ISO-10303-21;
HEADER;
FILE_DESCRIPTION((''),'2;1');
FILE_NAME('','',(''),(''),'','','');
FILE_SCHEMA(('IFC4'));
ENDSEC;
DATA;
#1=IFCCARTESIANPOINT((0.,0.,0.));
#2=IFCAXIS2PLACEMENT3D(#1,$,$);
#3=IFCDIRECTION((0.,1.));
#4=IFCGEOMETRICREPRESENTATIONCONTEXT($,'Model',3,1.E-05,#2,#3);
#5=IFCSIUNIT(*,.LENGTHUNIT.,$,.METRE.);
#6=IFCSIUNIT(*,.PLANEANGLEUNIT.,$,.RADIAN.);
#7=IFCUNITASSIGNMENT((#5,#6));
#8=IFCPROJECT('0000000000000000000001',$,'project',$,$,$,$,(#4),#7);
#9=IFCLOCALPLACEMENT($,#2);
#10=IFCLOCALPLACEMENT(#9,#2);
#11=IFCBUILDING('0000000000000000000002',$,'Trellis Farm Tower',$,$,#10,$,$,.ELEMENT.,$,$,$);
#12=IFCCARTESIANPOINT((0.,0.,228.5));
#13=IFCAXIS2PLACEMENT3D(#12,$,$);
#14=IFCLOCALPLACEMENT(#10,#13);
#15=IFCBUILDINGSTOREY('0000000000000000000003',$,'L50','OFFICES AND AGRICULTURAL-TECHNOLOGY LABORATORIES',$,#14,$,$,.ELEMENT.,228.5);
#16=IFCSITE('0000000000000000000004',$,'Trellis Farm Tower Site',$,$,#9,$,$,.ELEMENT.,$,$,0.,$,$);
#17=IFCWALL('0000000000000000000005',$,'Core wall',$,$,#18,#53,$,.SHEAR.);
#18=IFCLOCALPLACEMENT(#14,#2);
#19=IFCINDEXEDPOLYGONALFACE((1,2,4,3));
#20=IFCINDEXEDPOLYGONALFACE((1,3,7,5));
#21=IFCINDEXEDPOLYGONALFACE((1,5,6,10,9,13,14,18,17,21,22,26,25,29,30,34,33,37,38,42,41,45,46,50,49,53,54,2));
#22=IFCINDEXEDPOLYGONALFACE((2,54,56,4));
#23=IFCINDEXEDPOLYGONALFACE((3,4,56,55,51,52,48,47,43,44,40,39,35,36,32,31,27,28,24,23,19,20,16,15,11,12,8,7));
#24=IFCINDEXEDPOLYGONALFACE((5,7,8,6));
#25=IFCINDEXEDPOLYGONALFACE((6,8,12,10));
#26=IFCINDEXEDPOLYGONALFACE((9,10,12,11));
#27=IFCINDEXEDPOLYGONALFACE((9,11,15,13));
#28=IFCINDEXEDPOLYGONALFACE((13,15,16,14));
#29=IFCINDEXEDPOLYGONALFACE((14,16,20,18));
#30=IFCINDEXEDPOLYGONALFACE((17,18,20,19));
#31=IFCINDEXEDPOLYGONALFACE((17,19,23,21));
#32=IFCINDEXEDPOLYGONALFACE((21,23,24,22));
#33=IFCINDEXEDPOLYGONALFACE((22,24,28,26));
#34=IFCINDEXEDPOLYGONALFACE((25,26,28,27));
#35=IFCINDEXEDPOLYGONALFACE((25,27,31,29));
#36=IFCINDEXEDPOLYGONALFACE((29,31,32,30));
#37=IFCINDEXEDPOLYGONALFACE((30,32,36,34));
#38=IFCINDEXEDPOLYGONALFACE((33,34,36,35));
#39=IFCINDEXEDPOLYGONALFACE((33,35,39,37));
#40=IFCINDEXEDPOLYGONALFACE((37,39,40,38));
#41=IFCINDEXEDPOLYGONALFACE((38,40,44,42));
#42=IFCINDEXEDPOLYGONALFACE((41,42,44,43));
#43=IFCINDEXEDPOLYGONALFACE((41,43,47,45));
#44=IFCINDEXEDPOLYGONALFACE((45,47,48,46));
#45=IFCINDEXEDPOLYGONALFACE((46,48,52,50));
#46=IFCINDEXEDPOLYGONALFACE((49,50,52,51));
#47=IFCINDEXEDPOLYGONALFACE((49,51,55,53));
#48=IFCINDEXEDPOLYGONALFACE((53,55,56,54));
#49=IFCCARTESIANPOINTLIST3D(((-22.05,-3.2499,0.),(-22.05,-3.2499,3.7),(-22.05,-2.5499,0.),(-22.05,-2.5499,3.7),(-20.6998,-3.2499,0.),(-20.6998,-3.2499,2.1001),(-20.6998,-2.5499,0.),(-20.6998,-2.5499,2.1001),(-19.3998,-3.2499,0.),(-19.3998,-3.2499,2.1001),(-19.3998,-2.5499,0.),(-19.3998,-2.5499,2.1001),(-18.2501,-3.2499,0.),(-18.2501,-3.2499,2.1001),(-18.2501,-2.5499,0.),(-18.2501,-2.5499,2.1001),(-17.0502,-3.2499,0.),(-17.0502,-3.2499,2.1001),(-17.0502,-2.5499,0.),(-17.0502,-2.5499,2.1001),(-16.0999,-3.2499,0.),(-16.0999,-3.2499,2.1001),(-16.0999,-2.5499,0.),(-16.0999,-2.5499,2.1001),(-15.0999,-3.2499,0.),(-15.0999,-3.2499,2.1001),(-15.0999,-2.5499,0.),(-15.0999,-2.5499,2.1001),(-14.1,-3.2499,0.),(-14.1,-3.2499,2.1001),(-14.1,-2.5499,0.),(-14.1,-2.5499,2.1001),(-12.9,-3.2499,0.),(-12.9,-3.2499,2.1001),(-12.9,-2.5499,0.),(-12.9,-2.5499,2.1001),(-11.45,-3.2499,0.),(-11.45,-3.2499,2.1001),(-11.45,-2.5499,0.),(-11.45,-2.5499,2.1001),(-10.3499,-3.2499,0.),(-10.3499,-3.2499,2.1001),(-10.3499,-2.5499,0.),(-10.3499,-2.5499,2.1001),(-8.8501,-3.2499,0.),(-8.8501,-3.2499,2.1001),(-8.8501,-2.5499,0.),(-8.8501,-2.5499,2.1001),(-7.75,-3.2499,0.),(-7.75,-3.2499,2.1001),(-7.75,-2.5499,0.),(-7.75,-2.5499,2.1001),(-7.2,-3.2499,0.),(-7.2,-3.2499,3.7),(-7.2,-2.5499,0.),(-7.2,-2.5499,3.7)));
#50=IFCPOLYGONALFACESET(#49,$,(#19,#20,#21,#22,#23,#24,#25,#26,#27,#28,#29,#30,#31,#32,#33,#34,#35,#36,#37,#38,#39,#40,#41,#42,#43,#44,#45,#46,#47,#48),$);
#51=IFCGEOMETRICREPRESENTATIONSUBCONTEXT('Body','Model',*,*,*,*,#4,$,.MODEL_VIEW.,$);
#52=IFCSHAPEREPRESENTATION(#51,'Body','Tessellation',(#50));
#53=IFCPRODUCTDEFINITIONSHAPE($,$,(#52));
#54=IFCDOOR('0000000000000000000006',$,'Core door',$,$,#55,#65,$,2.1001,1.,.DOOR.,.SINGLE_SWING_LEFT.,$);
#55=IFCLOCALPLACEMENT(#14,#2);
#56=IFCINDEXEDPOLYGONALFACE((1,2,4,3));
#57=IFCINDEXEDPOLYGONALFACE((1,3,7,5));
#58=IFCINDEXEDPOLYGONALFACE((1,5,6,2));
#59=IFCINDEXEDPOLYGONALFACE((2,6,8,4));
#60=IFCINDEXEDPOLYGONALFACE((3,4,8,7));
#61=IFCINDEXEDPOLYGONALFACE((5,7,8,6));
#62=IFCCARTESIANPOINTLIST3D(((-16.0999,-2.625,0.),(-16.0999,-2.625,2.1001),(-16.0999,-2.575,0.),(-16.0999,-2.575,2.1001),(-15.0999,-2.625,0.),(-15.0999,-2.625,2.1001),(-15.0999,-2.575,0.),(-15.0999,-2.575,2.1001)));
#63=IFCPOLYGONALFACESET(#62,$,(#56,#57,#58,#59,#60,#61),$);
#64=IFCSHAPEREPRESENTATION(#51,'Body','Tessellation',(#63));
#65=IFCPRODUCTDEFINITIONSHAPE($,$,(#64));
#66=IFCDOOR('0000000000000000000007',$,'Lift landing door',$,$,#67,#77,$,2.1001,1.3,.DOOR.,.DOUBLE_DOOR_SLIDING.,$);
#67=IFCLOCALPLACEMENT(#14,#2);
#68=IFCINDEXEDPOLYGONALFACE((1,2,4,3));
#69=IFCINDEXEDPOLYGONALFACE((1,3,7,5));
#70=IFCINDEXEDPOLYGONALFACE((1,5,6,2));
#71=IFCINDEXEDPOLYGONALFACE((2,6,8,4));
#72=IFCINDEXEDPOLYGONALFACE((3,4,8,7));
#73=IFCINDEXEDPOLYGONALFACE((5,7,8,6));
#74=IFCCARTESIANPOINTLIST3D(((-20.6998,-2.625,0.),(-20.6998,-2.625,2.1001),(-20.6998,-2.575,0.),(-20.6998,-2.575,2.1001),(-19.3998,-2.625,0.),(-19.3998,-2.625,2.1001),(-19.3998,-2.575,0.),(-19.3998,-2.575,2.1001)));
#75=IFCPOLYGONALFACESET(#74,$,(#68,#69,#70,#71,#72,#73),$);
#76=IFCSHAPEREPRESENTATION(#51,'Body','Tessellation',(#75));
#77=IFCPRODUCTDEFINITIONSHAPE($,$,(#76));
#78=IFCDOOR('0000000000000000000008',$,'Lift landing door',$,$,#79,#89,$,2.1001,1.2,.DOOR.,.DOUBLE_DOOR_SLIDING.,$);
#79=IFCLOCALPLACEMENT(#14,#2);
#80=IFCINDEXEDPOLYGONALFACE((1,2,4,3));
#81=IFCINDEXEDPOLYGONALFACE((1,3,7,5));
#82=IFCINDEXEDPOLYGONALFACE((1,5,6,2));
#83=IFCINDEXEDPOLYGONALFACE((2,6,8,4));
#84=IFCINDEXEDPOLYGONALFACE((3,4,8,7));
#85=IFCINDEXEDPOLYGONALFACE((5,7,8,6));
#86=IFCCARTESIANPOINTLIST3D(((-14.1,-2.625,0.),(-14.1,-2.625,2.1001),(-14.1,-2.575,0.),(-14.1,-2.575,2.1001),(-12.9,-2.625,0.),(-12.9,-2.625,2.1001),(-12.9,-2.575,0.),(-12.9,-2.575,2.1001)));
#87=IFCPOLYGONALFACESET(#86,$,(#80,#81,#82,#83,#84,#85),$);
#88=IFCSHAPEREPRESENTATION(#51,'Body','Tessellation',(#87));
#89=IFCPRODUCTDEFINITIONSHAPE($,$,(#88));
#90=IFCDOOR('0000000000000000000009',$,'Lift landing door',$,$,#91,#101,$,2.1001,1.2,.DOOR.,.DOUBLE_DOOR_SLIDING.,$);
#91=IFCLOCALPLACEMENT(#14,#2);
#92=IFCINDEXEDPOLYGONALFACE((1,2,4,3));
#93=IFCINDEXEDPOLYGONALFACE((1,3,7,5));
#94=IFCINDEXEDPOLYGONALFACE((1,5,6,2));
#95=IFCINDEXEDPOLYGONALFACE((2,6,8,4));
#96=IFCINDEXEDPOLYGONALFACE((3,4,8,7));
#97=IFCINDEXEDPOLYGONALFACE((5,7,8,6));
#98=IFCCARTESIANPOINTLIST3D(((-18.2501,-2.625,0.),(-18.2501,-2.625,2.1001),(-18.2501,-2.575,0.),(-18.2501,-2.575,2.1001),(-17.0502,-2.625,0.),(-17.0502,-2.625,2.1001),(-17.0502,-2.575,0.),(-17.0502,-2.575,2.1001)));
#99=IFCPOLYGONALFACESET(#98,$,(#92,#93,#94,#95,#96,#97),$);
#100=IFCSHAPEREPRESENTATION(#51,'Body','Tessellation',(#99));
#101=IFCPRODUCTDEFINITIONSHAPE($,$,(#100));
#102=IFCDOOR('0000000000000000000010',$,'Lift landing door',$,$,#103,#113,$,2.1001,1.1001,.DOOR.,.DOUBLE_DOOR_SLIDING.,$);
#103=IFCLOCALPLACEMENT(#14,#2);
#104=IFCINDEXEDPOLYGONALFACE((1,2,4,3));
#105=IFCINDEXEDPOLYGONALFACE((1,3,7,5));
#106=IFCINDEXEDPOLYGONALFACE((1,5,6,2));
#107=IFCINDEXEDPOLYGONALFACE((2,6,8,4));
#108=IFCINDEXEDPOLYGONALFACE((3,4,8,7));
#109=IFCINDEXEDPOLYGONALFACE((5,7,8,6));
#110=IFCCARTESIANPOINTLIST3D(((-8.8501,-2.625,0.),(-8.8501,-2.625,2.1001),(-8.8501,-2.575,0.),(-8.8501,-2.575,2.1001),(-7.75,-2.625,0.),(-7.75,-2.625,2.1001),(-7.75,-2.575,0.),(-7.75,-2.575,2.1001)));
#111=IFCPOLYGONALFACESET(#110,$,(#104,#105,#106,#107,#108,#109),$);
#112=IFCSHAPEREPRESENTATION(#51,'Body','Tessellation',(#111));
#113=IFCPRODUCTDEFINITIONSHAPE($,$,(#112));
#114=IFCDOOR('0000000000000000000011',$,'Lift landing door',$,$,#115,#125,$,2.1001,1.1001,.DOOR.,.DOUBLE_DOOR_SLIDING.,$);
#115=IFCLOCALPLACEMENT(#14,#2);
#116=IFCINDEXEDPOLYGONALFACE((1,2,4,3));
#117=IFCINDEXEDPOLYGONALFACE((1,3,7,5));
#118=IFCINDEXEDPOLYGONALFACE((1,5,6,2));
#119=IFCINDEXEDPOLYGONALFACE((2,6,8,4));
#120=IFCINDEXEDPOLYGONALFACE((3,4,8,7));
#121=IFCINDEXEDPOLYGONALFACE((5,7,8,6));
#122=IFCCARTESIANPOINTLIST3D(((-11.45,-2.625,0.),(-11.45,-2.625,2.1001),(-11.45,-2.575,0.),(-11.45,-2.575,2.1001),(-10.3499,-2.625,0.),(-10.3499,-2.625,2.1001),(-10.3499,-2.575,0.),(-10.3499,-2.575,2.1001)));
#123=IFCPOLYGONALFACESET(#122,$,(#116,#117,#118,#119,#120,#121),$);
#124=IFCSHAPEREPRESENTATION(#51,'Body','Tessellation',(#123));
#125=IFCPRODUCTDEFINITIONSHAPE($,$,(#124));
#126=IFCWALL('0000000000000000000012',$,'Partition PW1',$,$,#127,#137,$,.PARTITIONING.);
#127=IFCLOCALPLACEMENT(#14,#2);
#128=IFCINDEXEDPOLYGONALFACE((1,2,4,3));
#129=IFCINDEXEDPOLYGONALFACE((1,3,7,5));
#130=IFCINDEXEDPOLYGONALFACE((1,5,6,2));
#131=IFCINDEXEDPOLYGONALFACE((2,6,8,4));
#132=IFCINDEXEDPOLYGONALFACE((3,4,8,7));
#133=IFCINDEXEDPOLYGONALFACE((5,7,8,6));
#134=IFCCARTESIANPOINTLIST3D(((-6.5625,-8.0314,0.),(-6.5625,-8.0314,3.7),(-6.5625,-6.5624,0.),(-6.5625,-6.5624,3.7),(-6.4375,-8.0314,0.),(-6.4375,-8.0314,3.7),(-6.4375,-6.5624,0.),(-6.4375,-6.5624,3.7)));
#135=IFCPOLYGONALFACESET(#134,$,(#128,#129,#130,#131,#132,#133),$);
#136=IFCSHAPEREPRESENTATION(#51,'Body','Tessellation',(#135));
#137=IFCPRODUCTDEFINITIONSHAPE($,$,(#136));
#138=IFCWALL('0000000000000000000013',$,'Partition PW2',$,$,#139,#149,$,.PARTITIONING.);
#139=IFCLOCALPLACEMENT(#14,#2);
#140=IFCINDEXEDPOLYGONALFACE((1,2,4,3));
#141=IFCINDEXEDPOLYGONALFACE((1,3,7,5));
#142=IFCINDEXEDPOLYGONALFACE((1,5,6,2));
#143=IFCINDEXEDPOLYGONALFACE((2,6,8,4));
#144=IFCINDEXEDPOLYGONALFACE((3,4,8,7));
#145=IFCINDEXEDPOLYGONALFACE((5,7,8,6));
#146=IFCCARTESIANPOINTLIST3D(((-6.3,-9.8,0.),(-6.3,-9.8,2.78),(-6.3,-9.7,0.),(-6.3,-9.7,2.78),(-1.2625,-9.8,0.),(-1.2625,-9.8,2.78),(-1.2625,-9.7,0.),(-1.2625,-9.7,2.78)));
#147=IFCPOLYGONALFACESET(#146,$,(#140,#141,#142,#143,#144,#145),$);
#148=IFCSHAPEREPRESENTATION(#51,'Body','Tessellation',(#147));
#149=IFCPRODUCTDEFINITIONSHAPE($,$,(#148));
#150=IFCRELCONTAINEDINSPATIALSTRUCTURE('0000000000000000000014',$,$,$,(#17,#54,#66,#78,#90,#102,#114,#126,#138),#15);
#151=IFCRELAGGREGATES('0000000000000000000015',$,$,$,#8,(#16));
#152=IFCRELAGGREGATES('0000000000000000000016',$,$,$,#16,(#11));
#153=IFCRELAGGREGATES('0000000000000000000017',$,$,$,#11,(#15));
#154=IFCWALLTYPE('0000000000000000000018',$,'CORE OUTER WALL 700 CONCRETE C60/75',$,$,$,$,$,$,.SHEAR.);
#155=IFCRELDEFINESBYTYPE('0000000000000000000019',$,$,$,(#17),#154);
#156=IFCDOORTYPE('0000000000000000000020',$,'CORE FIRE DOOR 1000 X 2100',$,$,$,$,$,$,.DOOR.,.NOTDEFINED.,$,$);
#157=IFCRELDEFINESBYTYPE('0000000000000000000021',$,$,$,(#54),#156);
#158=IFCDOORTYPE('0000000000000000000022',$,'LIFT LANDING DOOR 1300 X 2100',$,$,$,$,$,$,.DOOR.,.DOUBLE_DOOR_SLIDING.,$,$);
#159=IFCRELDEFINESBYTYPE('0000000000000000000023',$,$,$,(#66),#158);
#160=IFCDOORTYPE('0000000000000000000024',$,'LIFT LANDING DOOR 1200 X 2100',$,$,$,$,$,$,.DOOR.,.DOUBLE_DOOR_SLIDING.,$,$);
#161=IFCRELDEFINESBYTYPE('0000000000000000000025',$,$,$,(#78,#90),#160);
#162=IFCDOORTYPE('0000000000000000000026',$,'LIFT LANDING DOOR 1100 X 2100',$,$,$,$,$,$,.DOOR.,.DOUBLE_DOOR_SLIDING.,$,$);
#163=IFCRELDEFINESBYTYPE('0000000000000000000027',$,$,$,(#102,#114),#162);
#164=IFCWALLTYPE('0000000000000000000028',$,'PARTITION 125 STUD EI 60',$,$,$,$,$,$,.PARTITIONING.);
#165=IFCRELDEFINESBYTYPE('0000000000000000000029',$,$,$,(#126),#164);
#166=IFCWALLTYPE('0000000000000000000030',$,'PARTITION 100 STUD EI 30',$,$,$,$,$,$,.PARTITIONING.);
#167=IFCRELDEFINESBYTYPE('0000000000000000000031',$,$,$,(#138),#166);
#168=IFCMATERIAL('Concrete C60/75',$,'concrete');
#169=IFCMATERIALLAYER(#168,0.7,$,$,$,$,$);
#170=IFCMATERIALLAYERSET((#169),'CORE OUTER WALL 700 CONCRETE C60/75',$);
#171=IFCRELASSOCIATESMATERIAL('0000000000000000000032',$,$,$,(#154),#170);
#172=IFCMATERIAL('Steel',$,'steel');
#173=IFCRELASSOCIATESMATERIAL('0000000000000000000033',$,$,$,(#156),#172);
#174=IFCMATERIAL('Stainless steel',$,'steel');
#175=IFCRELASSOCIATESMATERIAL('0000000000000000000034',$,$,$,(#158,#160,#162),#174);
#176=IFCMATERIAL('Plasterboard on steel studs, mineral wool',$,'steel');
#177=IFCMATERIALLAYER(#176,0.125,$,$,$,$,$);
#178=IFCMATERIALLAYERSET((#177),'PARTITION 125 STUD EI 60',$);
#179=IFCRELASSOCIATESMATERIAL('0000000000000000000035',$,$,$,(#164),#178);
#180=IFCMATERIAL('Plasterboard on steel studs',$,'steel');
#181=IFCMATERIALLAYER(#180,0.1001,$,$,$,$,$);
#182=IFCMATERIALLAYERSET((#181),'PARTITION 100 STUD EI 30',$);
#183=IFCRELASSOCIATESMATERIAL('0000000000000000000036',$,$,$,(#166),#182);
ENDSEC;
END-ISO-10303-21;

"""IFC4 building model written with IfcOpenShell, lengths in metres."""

from ifc_helpers import new_model, si_unit, direction, frame, frame_2d, origin, place, context, subcontext, project, spatial, rectangle, extrude, source, transform, mapped, material, layer, layer_set, type_object, element, fill, save


model = new_model("IFC4")

# Units and contexts
model_context = context("Model", 3, precision=1e-05, world=origin(), true_north=direction((0.0, 1.0)))
body_context = subcontext(model_context, "Body", "Model", "MODEL_VIEW")
ifc_project = project(units=[si_unit("LENGTHUNIT", "METRE"), si_unit("PLANEANGLEUNIT", "RADIAN")], contexts=[model_context])

# Site, building, storey
site_placement = place(None, origin())
site = spatial("IfcSite", under=ifc_project, at=site_placement, Name="Trellis Farm Tower Site", CompositionType="ELEMENT", RefElevation=0.0)
building_placement = place(site_placement, origin())
building = spatial("IfcBuilding", under=site, at=building_placement, Name="Trellis Farm Tower", CompositionType="ELEMENT")
storey_placement = place(building_placement, frame((0.0, 0.0, 228.5)))
storey = spatial("IfcBuildingStorey", under=building, at=storey_placement, Name="L50", Description="OFFICES AND AGRICULTURAL-TECHNOLOGY LABORATORIES", CompositionType="ELEMENT", Elevation=228.5)

# Shared definitions
ifc_material_1 = material(Name="Concrete C60/75", Category="concrete")

# Wall, openings, doors
ifc_layer_1 = layer(ifc_material_1, 0.7)
ifc_layer_set_1 = layer_set([ifc_layer_1], Name="CORE OUTER WALL 700 CONCRETE C60/75")
wall_type_1 = type_object("IfcWallType", Name="CORE OUTER WALL 700 CONCRETE C60/75", PredefinedType="SHEAR", material=ifc_layer_set_1)
shared_shape_1 = source(origin(), body_context, "Body", "SweptSolid", [
    extrude(rectangle(XDim=14.8501, YDim=0.7, at=frame_2d((7.425, 0.0))), origin(), (0.0, 0.0, 1.0), 3.7),
])
wall_1_placement = place(storey_placement, frame((-7.2, -2.8999, 0.0), z_axis=(0.0, 0.0, 1.0), x_axis=(-1.0, 0.0, 0.0)))
wall_1 = element("IfcWall", 1, at=wall_1_placement, inside=storey, type_object=wall_type_1, Name="Core wall", PredefinedType="SHEAR", context=body_context, shape_type="MappedRepresentation", body=[
    mapped(shared_shape_1, transform((0.0, 0.0, 0.0))),
])
shared_shape_2 = source(origin(), body_context, "Body", "SweptSolid", [
    extrude(rectangle(XDim=1.1001, YDim=2.1001, at=frame_2d((0.55, 1.05))), frame((0.0, 0.3601, 0.0), z_axis=(0.0, -1.0, 0.0), x_axis=(1.0, 0.0, 0.0)), (0.0, 0.0, 1.0), 0.7202),
])
opening_1_placement = place(wall_1_placement, frame((0.55, 0.0, 0.0)))
opening_1 = element("IfcOpeningElement", 2, at=opening_1_placement, cuts=wall_1, PredefinedType="OPENING", context=body_context, shape_type="MappedRepresentation", body=[
    mapped(shared_shape_2, transform((0.0, 0.0, 0.0))),
])
opening_2_placement = place(wall_1_placement, frame((3.1499, 0.0, 0.0)))
opening_2 = element("IfcOpeningElement", 3, at=opening_2_placement, cuts=wall_1, PredefinedType="OPENING", context=body_context, shape_type="MappedRepresentation", body=[
    mapped(shared_shape_2, transform((0.0, 0.0, 0.0))),
])
shared_shape_3 = source(origin(), body_context, "Body", "SweptSolid", [
    extrude(rectangle(XDim=1.2, YDim=2.1001, at=frame_2d((0.6001, 1.05))), frame((0.0, 0.3601, 0.0), z_axis=(0.0, -1.0, 0.0), x_axis=(1.0, 0.0, 0.0)), (0.0, 0.0, 1.0), 0.7202),
])
opening_3_placement = place(wall_1_placement, frame((5.7, 0.0, 0.0)))
opening_3 = element("IfcOpeningElement", 4, at=opening_3_placement, cuts=wall_1, PredefinedType="OPENING", context=body_context, shape_type="MappedRepresentation", body=[
    mapped(shared_shape_3, transform((0.0, 0.0, 0.0))),
])
shared_shape_4 = source(origin(), body_context, "Body", "SweptSolid", [
    extrude(rectangle(XDim=1.3, YDim=2.1001, at=frame_2d((0.6499, 1.05))), frame((0.0, 0.3601, 0.0), z_axis=(0.0, -1.0, 0.0), x_axis=(1.0, 0.0, 0.0)), (0.0, 0.0, 1.0), 0.7202),
])
opening_4_placement = place(wall_1_placement, frame((12.2, 0.0, 0.0)))
opening_4 = element("IfcOpeningElement", 5, at=opening_4_placement, cuts=wall_1, PredefinedType="OPENING", context=body_context, shape_type="MappedRepresentation", body=[
    mapped(shared_shape_4, transform((0.0, 0.0, 0.0))),
])
opening_5_placement = place(wall_1_placement, frame((9.8501, 0.0, 0.0)))
opening_5 = element("IfcOpeningElement", 6, at=opening_5_placement, cuts=wall_1, PredefinedType="OPENING", context=body_context, shape_type="MappedRepresentation", body=[
    mapped(shared_shape_3, transform((0.0, 0.0, 0.0))),
])
shared_shape_5 = source(origin(), body_context, "Body", "SweptSolid", [
    extrude(rectangle(XDim=1.0, YDim=2.1001, at=frame_2d((0.5, 1.05))), frame((0.0, 0.3601, 0.0), z_axis=(0.0, -1.0, 0.0), x_axis=(1.0, 0.0, 0.0)), (0.0, 0.0, 1.0), 0.7202),
])
opening_6_placement = place(wall_1_placement, frame((7.8999, 0.0, 0.0)))
opening_6 = element("IfcOpeningElement", 7, at=opening_6_placement, cuts=wall_1, PredefinedType="OPENING", context=body_context, shape_type="MappedRepresentation", body=[
    mapped(shared_shape_5, transform((0.0, 0.0, 0.0))),
])
ifc_material_2 = material(Name="Steel", Category="steel")
door_type_1 = type_object("IfcDoorType", Name="CORE FIRE DOOR 1000 X 2100", OperationType="NOTDEFINED", PredefinedType="DOOR", material=ifc_material_2)
shared_shape_6 = source(origin(), body_context, "Body", "SweptSolid", [
    extrude(rectangle(XDim=1.0, YDim=2.1001, at=frame_2d((0.5, 1.05))), frame((0.0, -0.2749, 0.0), z_axis=(0.0, -1.0, 0.0), x_axis=(1.0, 0.0, 0.0)), (0.0, 0.0, 1.0), 0.05),
])
door_1_placement = place(opening_6_placement, origin())
door_1 = element("IfcDoor", 8, at=door_1_placement, inside=storey, type_object=door_type_1, Name="Core door", OperationType="SINGLE_SWING_LEFT", OverallHeight=2.1001, OverallWidth=1.0, PredefinedType="DOOR", context=body_context, shape_type="MappedRepresentation", body=[
    mapped(shared_shape_6, transform((0.0, 0.0, 0.0))),
])
fill(opening_6, door_1)
ifc_material_3 = material(Name="Stainless steel", Category="steel")
door_type_2 = type_object("IfcDoorType", Name="LIFT LANDING DOOR 1300 X 2100", OperationType="DOUBLE_DOOR_SLIDING", PredefinedType="DOOR", material=ifc_material_3)
shared_shape_7 = source(origin(), body_context, "Body", "SweptSolid", [
    extrude(rectangle(XDim=1.3, YDim=2.1001, at=frame_2d((0.6499, 1.05))), frame((0.0, -0.2749, 0.0), z_axis=(0.0, -1.0, 0.0), x_axis=(1.0, 0.0, 0.0)), (0.0, 0.0, 1.0), 0.05),
])
door_2_placement = place(opening_4_placement, origin())
door_2 = element("IfcDoor", 9, at=door_2_placement, inside=storey, type_object=door_type_2, Name="Lift landing door", OperationType="DOUBLE_DOOR_SLIDING", OverallHeight=2.1001, OverallWidth=1.3, PredefinedType="DOOR", context=body_context, shape_type="MappedRepresentation", body=[
    mapped(shared_shape_7, transform((0.0, 0.0, 0.0))),
])
fill(opening_4, door_2)
door_type_3 = type_object("IfcDoorType", Name="LIFT LANDING DOOR 1200 X 2100", OperationType="DOUBLE_DOOR_SLIDING", PredefinedType="DOOR", material=ifc_material_3)
shared_shape_8 = source(origin(), body_context, "Body", "SweptSolid", [
    extrude(rectangle(XDim=1.2, YDim=2.1001, at=frame_2d((0.6001, 1.05))), frame((0.0, -0.2749, 0.0), z_axis=(0.0, -1.0, 0.0), x_axis=(1.0, 0.0, 0.0)), (0.0, 0.0, 1.0), 0.05),
])
door_3_placement = place(opening_3_placement, origin())
door_3 = element("IfcDoor", 10, at=door_3_placement, inside=storey, type_object=door_type_3, Name="Lift landing door", OperationType="DOUBLE_DOOR_SLIDING", OverallHeight=2.1001, OverallWidth=1.2, PredefinedType="DOOR", context=body_context, shape_type="MappedRepresentation", body=[
    mapped(shared_shape_8, transform((0.0, 0.0, 0.0))),
])
fill(opening_3, door_3)
door_4_placement = place(opening_5_placement, origin())
door_4 = element("IfcDoor", 11, at=door_4_placement, inside=storey, type_object=door_type_3, Name="Lift landing door", OperationType="DOUBLE_DOOR_SLIDING", OverallHeight=2.1001, OverallWidth=1.2, PredefinedType="DOOR", context=body_context, shape_type="MappedRepresentation", body=[
    mapped(shared_shape_8, transform((0.0, 0.0, 0.0))),
])
fill(opening_5, door_4)
door_type_4 = type_object("IfcDoorType", Name="LIFT LANDING DOOR 1100 X 2100", OperationType="DOUBLE_DOOR_SLIDING", PredefinedType="DOOR", material=ifc_material_3)
shared_shape_9 = source(origin(), body_context, "Body", "SweptSolid", [
    extrude(rectangle(XDim=1.1001, YDim=2.1001, at=frame_2d((0.55, 1.05))), frame((0.0, -0.2749, 0.0), z_axis=(0.0, -1.0, 0.0), x_axis=(1.0, 0.0, 0.0)), (0.0, 0.0, 1.0), 0.05),
])
door_5_placement = place(opening_1_placement, origin())
door_5 = element("IfcDoor", 12, at=door_5_placement, inside=storey, type_object=door_type_4, Name="Lift landing door", OperationType="DOUBLE_DOOR_SLIDING", OverallHeight=2.1001, OverallWidth=1.1001, PredefinedType="DOOR", context=body_context, shape_type="MappedRepresentation", body=[
    mapped(shared_shape_9, transform((0.0, 0.0, 0.0))),
])
fill(opening_1, door_5)
door_6_placement = place(opening_2_placement, origin())
door_6 = element("IfcDoor", 13, at=door_6_placement, inside=storey, type_object=door_type_4, Name="Lift landing door", OperationType="DOUBLE_DOOR_SLIDING", OverallHeight=2.1001, OverallWidth=1.1001, PredefinedType="DOOR", context=body_context, shape_type="MappedRepresentation", body=[
    mapped(shared_shape_9, transform((0.0, 0.0, 0.0))),
])
fill(opening_2, door_6)

# Walls
ifc_material_4 = material(Name="Plasterboard on steel studs, mineral wool", Category="steel")
ifc_layer_2 = layer(ifc_material_4, 0.125)
ifc_layer_set_2 = layer_set([ifc_layer_2], Name="PARTITION 125 STUD EI 60")
wall_type_2 = type_object("IfcWallType", Name="PARTITION 125 STUD EI 60", PredefinedType="PARTITIONING", material=ifc_layer_set_2)
shared_shape_10 = source(origin(), body_context, "Body", "SweptSolid", [
    extrude(rectangle(XDim=1.469, YDim=0.125, at=frame_2d((0.7344, 0.0))), origin(), (0.0, 0.0, 1.0), 3.7),
])
wall_2_placement = place(storey_placement, frame((-6.5, -6.5625, 0.0), z_axis=(0.0, 0.0, 1.0), x_axis=(0.0, -1.0, 0.0)))
element("IfcWall", 14, at=wall_2_placement, inside=storey, type_object=wall_type_2, Name="Partition PW1", PredefinedType="PARTITIONING", context=body_context, shape_type="MappedRepresentation", body=[
    mapped(shared_shape_10, transform((0.0, 0.0, 0.0))),
])
ifc_material_5 = material(Name="Plasterboard on steel studs", Category="steel")
ifc_layer_3 = layer(ifc_material_5, 0.1001)
ifc_layer_set_3 = layer_set([ifc_layer_3], Name="PARTITION 100 STUD EI 30")
wall_type_3 = type_object("IfcWallType", Name="PARTITION 100 STUD EI 30", PredefinedType="PARTITIONING", material=ifc_layer_set_3)
shared_shape_11 = source(origin(), body_context, "Body", "SweptSolid", [
    extrude(rectangle(XDim=5.0376, YDim=0.1001, at=frame_2d((2.5188, 0.0))), origin(), (0.0, 0.0, 1.0), 2.78),
])
wall_3_placement = place(storey_placement, frame((-6.3, -9.75, 0.0), z_axis=(0.0, 0.0, 1.0), x_axis=(1.0, 0.0, 0.0)))
element("IfcWall", 15, at=wall_3_placement, inside=storey, type_object=wall_type_3, Name="Partition PW2", PredefinedType="PARTITIONING", context=body_context, shape_type="MappedRepresentation", body=[
    mapped(shared_shape_11, transform((0.0, 0.0, 0.0))),
])

save(model, "model.ifc")
